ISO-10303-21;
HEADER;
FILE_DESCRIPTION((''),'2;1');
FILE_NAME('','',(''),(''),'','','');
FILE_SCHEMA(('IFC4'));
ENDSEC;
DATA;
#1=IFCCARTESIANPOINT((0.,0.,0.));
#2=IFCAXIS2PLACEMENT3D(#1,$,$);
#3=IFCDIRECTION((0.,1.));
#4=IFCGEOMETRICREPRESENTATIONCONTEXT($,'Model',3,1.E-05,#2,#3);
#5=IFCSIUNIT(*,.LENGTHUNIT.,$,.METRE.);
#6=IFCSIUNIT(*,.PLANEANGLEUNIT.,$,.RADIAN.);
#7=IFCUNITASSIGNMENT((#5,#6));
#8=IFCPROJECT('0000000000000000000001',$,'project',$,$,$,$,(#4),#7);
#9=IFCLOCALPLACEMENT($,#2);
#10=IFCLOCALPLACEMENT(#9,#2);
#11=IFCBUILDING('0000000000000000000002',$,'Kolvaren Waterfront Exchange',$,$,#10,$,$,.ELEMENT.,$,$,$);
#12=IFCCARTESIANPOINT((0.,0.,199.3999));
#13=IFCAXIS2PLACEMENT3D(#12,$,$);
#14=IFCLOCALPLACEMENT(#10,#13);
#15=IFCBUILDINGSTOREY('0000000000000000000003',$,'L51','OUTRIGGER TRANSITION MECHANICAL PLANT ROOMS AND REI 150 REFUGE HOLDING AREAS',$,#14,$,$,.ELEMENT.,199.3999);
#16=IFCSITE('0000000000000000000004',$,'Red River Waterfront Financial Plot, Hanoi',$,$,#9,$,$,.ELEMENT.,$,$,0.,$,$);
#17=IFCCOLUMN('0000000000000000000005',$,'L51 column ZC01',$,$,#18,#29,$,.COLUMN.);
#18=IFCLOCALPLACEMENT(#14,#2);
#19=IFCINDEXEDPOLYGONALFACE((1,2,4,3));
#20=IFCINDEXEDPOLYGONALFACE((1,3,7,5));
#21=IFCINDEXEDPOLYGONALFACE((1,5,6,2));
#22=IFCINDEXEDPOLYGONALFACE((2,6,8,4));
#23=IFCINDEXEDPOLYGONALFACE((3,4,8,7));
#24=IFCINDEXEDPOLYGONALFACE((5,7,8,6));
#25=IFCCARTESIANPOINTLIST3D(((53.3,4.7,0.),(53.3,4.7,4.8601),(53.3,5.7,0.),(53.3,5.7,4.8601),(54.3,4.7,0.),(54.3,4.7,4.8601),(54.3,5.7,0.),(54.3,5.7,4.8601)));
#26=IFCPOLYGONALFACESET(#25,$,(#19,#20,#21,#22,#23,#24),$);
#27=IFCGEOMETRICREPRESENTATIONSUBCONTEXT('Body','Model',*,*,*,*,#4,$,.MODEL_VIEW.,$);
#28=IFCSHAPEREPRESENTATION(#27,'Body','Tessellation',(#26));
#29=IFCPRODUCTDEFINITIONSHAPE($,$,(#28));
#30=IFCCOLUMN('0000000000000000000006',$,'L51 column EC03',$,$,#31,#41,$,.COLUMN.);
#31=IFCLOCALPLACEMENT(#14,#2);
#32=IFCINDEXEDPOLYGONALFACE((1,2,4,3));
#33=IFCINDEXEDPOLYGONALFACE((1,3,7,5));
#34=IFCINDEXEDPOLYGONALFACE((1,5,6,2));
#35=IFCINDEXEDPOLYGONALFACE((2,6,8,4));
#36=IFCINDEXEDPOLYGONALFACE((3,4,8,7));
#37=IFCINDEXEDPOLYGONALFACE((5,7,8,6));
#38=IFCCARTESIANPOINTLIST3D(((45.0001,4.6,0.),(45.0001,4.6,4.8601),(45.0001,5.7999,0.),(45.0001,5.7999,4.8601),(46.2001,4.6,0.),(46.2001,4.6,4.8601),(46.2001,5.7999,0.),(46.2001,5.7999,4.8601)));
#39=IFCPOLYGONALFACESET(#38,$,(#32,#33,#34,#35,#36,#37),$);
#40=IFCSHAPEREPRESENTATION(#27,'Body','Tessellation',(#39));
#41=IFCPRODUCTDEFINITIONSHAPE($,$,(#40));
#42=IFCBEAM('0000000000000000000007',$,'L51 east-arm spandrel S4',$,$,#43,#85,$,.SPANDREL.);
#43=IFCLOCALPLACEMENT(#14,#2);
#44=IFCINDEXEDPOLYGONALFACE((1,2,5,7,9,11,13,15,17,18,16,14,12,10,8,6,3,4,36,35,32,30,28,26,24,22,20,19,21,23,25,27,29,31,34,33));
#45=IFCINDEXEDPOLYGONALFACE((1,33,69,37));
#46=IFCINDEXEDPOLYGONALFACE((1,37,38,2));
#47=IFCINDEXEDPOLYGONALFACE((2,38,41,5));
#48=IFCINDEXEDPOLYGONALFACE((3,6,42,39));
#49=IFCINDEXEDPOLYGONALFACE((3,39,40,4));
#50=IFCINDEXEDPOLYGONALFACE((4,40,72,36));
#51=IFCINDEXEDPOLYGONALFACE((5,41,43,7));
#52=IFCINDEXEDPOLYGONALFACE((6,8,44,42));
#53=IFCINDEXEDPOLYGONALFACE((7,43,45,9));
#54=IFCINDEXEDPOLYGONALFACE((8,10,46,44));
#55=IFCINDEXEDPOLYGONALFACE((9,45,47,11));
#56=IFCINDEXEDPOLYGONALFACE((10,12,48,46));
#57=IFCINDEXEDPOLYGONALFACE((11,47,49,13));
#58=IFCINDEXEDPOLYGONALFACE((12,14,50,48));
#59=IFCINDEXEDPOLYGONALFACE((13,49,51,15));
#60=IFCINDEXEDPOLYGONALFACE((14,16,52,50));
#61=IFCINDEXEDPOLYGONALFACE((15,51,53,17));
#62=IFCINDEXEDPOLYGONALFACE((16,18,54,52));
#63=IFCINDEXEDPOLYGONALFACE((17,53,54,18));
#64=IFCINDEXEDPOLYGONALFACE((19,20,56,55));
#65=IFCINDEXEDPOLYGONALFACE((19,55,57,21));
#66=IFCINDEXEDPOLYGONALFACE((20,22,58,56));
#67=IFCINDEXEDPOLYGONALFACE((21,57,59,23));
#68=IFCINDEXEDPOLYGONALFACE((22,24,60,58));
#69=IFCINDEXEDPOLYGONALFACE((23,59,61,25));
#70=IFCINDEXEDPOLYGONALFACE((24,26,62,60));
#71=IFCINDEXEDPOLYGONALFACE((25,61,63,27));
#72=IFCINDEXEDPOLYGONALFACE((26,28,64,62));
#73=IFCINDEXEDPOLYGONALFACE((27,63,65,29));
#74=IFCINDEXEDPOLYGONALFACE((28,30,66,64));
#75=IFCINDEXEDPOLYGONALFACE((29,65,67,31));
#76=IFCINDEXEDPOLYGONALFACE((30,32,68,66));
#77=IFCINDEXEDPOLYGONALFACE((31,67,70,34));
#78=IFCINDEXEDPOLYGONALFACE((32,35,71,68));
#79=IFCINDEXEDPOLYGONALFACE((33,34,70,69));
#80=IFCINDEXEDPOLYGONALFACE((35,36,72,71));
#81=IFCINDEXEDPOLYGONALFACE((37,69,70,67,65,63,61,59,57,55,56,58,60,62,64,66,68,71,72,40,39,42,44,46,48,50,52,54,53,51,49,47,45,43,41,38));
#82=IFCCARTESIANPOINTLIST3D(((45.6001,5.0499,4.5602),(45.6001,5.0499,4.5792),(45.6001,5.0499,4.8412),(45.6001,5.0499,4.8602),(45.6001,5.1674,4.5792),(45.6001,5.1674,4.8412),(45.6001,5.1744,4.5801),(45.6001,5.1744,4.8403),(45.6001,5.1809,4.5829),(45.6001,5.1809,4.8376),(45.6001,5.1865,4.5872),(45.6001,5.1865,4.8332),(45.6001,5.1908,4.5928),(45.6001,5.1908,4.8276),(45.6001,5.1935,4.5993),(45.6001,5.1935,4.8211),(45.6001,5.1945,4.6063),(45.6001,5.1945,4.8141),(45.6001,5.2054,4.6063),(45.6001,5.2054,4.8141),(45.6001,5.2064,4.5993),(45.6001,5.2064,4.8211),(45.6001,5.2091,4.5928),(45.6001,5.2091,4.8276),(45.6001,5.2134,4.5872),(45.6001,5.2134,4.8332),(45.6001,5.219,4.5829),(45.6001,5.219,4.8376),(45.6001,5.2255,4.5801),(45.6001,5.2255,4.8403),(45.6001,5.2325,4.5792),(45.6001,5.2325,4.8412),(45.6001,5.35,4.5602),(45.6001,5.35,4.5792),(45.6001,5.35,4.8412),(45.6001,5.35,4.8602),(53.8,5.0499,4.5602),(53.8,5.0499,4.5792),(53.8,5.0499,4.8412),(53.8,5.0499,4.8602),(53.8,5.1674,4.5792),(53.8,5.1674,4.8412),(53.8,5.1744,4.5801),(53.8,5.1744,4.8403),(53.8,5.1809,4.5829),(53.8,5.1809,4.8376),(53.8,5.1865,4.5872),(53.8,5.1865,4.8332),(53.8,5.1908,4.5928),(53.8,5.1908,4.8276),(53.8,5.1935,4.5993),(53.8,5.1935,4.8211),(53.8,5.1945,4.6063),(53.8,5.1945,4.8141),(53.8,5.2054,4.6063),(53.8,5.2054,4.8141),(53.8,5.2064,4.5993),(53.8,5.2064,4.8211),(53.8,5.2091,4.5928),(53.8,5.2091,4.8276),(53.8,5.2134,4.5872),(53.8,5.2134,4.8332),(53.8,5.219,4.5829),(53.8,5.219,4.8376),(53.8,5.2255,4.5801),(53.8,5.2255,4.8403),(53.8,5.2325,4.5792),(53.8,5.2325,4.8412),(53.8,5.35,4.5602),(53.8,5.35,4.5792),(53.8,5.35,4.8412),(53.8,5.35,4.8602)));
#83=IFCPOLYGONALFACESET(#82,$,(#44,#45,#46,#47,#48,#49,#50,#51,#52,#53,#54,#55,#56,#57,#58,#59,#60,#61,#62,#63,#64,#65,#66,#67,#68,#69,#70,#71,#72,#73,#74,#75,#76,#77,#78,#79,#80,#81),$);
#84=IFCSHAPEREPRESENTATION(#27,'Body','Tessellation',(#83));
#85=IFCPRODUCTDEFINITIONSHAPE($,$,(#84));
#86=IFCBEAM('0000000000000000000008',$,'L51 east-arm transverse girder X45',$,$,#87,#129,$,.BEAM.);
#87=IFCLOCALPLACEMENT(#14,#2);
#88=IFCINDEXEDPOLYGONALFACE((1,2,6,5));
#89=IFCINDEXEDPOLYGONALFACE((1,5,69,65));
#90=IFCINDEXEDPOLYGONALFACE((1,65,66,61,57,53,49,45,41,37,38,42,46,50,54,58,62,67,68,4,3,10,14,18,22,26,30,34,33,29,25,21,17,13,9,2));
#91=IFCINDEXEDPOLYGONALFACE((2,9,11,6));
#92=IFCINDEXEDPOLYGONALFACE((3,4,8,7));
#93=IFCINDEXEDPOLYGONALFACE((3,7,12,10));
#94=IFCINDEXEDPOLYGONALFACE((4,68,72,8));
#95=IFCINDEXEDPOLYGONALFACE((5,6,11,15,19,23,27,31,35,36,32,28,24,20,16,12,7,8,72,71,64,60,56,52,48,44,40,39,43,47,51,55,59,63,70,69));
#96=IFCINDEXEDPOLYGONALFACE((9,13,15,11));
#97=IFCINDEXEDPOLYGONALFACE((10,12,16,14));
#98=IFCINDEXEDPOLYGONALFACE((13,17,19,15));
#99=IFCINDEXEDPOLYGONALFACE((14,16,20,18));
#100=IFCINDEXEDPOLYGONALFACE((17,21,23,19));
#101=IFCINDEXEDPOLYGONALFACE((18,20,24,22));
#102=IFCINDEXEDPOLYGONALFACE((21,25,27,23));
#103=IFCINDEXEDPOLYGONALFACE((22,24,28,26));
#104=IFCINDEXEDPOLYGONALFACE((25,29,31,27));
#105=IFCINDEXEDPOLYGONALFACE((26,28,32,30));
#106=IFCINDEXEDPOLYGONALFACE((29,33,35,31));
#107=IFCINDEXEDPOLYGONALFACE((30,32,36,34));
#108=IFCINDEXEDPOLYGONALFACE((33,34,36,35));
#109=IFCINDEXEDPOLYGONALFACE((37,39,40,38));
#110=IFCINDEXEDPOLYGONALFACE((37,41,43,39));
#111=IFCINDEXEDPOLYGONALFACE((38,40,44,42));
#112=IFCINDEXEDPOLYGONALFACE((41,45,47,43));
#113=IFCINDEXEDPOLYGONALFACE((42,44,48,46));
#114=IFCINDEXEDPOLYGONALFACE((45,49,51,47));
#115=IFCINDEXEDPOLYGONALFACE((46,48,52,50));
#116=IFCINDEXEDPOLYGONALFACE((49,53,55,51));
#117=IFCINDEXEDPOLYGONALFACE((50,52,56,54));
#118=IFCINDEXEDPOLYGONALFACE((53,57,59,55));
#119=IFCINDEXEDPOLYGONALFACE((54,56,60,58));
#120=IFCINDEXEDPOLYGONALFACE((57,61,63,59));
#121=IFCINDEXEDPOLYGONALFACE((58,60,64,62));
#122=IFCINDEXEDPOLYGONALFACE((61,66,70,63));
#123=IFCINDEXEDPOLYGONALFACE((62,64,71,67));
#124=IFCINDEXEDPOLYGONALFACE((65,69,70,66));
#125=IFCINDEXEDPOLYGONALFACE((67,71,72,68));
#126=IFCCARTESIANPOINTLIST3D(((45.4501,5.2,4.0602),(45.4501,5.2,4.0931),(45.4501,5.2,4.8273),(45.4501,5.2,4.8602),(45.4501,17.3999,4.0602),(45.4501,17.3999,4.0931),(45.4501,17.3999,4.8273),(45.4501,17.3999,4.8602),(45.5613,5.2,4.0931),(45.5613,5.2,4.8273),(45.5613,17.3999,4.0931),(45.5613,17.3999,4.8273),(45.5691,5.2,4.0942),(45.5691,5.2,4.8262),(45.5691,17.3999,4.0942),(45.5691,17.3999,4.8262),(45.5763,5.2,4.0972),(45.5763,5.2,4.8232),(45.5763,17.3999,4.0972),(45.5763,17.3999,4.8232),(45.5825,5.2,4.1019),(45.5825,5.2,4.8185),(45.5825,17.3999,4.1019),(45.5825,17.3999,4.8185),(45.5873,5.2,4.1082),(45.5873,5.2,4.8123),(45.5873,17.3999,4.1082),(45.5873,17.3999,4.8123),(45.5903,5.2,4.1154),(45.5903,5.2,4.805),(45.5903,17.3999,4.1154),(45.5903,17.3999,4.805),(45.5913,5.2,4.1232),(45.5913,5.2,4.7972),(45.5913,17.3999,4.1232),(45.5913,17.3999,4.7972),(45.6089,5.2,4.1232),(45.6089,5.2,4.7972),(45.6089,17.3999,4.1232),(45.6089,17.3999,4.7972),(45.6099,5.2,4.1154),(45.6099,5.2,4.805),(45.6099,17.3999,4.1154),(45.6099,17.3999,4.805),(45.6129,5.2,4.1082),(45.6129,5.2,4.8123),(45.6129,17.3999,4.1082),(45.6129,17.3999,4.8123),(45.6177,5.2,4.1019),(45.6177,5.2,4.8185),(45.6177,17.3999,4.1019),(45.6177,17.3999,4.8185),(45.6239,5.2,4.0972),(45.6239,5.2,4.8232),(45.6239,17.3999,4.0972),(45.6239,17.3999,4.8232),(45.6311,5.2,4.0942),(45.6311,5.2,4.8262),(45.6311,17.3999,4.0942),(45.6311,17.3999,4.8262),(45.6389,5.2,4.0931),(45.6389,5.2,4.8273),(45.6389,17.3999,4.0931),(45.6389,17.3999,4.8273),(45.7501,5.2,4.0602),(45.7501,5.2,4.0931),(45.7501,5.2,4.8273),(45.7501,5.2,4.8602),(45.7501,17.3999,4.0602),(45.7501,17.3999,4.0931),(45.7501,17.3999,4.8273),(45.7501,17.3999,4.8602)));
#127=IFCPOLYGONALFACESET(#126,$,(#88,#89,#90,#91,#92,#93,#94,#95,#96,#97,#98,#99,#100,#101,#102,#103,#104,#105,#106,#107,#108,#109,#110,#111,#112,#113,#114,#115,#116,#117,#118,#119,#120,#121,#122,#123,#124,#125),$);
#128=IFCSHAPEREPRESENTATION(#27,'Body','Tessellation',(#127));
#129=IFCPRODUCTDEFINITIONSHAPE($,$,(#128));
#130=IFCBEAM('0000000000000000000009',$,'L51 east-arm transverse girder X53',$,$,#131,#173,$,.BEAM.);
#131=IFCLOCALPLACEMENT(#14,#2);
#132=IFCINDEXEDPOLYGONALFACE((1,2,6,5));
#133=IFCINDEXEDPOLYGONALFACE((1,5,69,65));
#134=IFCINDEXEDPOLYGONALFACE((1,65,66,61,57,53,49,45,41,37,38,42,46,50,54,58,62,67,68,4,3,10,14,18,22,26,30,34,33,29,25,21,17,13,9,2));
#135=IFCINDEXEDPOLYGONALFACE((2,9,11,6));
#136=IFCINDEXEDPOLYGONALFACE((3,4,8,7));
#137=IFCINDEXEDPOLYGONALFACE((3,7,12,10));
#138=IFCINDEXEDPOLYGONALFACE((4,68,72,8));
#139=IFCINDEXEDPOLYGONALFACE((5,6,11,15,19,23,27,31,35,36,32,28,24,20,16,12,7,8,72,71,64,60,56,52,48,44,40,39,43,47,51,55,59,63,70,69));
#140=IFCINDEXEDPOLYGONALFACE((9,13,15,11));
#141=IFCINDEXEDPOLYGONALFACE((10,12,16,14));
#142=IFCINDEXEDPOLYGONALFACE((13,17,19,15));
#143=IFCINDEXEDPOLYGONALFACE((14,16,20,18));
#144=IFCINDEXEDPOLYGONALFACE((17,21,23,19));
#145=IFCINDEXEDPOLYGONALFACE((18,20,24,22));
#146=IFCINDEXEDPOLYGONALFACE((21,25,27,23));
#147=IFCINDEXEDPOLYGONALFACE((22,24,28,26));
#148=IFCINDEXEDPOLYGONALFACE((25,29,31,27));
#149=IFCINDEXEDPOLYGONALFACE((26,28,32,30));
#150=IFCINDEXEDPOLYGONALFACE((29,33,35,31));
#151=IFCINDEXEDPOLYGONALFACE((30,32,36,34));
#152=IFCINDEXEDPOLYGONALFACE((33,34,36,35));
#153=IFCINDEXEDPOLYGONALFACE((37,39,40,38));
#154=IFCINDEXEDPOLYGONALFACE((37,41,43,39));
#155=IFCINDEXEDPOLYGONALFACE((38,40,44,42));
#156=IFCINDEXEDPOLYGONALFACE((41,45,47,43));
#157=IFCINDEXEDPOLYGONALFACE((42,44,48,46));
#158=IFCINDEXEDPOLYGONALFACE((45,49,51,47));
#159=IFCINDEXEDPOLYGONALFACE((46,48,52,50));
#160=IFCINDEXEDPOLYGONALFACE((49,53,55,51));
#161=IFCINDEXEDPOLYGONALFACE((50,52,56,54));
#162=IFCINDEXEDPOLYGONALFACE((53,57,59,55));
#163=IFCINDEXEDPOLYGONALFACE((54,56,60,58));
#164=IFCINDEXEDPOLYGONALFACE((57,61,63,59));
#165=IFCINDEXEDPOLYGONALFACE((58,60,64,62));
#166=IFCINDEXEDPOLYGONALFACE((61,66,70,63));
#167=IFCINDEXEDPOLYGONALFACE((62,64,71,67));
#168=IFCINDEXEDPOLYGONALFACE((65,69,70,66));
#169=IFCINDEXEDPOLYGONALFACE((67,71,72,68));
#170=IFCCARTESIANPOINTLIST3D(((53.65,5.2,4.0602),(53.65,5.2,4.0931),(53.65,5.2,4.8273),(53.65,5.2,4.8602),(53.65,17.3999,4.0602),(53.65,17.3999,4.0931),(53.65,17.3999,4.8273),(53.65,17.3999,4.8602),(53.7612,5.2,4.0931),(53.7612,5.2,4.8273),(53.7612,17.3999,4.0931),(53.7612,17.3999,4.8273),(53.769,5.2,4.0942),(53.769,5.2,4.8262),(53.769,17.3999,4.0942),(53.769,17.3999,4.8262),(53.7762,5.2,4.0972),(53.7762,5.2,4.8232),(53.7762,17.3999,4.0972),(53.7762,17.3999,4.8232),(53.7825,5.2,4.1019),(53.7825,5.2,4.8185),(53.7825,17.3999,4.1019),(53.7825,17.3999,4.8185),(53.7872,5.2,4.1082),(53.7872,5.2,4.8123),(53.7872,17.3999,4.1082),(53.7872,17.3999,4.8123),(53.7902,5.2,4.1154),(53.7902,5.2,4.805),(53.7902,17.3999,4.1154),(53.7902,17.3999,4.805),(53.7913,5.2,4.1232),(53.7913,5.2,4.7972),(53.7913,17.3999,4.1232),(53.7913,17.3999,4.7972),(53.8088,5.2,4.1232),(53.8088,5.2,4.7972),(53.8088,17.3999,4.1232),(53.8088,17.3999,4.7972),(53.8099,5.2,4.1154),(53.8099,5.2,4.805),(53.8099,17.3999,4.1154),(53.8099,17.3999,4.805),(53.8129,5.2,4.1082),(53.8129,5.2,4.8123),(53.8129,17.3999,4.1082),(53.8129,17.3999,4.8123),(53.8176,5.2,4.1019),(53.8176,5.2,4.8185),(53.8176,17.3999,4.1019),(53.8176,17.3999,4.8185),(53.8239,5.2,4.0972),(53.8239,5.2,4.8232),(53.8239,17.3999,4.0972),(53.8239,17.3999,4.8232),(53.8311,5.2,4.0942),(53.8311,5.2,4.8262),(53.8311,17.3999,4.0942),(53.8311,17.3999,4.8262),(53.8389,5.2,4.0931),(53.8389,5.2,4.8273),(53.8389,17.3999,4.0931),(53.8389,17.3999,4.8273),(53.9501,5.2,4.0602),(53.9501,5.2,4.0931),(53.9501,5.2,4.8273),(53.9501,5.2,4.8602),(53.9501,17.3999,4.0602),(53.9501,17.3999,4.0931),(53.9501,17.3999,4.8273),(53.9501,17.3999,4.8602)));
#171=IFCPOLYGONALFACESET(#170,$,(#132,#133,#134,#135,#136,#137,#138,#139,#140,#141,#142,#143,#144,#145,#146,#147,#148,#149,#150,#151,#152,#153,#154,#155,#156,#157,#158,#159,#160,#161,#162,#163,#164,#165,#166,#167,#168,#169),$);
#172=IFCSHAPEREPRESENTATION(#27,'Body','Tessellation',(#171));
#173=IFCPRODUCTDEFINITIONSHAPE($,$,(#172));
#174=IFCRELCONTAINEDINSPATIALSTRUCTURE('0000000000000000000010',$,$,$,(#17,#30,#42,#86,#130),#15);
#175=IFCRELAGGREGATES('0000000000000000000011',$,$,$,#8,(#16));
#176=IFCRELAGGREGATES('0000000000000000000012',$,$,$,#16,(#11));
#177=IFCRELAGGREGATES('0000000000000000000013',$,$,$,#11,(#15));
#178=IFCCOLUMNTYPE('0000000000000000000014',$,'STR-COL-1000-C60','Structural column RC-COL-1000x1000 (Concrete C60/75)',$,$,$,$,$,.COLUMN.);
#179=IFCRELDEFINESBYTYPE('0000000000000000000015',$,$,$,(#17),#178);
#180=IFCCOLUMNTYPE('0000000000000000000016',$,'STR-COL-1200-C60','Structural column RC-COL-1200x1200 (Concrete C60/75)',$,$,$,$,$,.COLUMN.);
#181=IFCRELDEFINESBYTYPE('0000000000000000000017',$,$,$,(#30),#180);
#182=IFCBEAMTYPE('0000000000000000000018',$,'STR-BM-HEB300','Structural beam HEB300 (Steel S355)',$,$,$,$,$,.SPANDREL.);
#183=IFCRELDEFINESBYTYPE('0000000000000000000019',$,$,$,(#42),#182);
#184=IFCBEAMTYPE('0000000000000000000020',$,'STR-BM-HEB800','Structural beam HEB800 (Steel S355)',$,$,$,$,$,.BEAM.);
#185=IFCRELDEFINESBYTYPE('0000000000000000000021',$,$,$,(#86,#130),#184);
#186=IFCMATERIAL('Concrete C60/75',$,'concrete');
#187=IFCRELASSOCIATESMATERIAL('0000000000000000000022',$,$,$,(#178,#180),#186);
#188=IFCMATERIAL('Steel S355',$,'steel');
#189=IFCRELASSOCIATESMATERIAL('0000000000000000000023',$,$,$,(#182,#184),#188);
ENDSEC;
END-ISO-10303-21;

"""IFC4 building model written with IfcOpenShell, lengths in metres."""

from ifc_helpers import new_model, si_unit, direction, frame, origin, origin_2d, place, context, subcontext, project, spatial, rectangle, i_section, extrude, material, material_profile, profile_set, type_object, element, save


model = new_model("IFC4")

# Units and contexts
model_context = context("Model", 3, precision=1e-05, world=origin(), true_north=direction((0.0, 1.0)))
body_context = subcontext(model_context, "Body", "Model", "MODEL_VIEW")
ifc_project = project(units=[si_unit("LENGTHUNIT", "METRE"), si_unit("PLANEANGLEUNIT", "RADIAN")], contexts=[model_context])

# Site, building, storey
site_placement = place(None, origin())
site = spatial("IfcSite", under=ifc_project, at=site_placement, Name="Red River Waterfront Financial Plot, Hanoi", CompositionType="ELEMENT", RefElevation=0.0)
building_placement = place(site_placement, origin())
building = spatial("IfcBuilding", under=site, at=building_placement, Name="Kolvaren Waterfront Exchange", CompositionType="ELEMENT")
storey_placement = place(building_placement, frame((0.0, 0.0, 199.3999)))
storey = spatial("IfcBuildingStorey", under=building, at=storey_placement, Name="L51", Description="OUTRIGGER TRANSITION MECHANICAL PLANT ROOMS AND REI 150 REFUGE HOLDING AREAS", CompositionType="ELEMENT", Elevation=199.3999)

# Columns
ifc_material_1 = material(Name="Concrete C60/75", Category="concrete")
ifc_material_profile_1 = material_profile(ifc_material_1, rectangle(XDim=1.0, YDim=1.0, at=origin_2d()), Name="RC-COL-1000x1000")
ifc_profile_set_1 = profile_set([ifc_material_profile_1], Name="Concrete C60/75")
column_type_1 = type_object("IfcColumnType", Name="STR-COL-1000-C60", Description="Structural column RC-COL-1000x1000 (Concrete C60/75)", PredefinedType="COLUMN", material=ifc_profile_set_1)
column_1_placement = place(storey_placement, frame((53.8, 5.2, 0.0), z_axis=(0.0, 0.0, 1.0), x_axis=(1.0, 0.0, 0.0)))
element("IfcColumn", 1, at=column_1_placement, inside=storey, type_object=column_type_1, Name="L51 column ZC01", PredefinedType="COLUMN", context=body_context, shape_type="SweptSolid", body=[
    extrude(rectangle(XDim=1.0, YDim=1.0, at=origin_2d()), origin(), (0.0, 0.0, 1.0), 4.8601),
])
ifc_material_profile_2 = material_profile(ifc_material_1, rectangle(XDim=1.2, YDim=1.2, at=origin_2d()), Name="RC-COL-1200x1200")
ifc_profile_set_2 = profile_set([ifc_material_profile_2], Name="Concrete C60/75")
column_type_2 = type_object("IfcColumnType", Name="STR-COL-1200-C60", Description="Structural column RC-COL-1200x1200 (Concrete C60/75)", PredefinedType="COLUMN", material=ifc_profile_set_2)
column_2_placement = place(storey_placement, frame((45.6001, 5.2, 0.0), z_axis=(0.0, 0.0, 1.0), x_axis=(1.0, 0.0, 0.0)))
element("IfcColumn", 2, at=column_2_placement, inside=storey, type_object=column_type_2, Name="L51 column EC03", PredefinedType="COLUMN", context=body_context, shape_type="SweptSolid", body=[
    extrude(rectangle(XDim=1.2, YDim=1.2, at=origin_2d()), origin(), (0.0, 0.0, 1.0), 4.8601),
])

# Beams
ifc_material_2 = material(Name="Steel S355", Category="steel")
ifc_material_profile_3 = material_profile(ifc_material_2, i_section(OverallWidth=0.3, OverallDepth=0.3, WebThickness=0.011, FlangeThickness=0.019, FilletRadius=0.0271, at=origin_2d()), Name="HEB300")
ifc_profile_set_3 = profile_set([ifc_material_profile_3], Name="Steel S355")
beam_type_1 = type_object("IfcBeamType", Name="STR-BM-HEB300", Description="Structural beam HEB300 (Steel S355)", PredefinedType="SPANDREL", material=ifc_profile_set_3)
beam_placement = place(storey_placement, frame((45.6001, 5.2, 4.7102), z_axis=(1.0, 0.0, 0.0), x_axis=(0.0, 1.0, 0.0)))
element("IfcBeam", 3, at=beam_placement, inside=storey, type_object=beam_type_1, Name="L51 east-arm spandrel S4", PredefinedType="SPANDREL", context=body_context, shape_type="SweptSolid", body=[
    extrude(i_section(OverallWidth=0.3, OverallDepth=0.3, WebThickness=0.011, FlangeThickness=0.019, FilletRadius=0.0271, at=origin_2d()), origin(), (0.0, 0.0, 1.0), 8.2),
])
ifc_material_profile_4 = material_profile(ifc_material_2, i_section(OverallWidth=0.3, OverallDepth=0.8, WebThickness=0.0176, FlangeThickness=0.033, FilletRadius=0.03, at=origin_2d()), Name="HEB800")
ifc_profile_set_4 = profile_set([ifc_material_profile_4], Name="Steel S355")
beam_type_2 = type_object("IfcBeamType", Name="STR-BM-HEB800", Description="Structural beam HEB800 (Steel S355)", PredefinedType="BEAM", material=ifc_profile_set_4)
for number, where, z_axis, x_axis, name in (
    (4, (45.6001, 5.2, 4.4602), (0.0, 1.0, 0.0), (-1.0, 0.0, 0.0), "L51 east-arm transverse girder X45"),
    (5, (53.8, 5.2, 4.4602), (0.0, 1.0, 0.0), (-1.0, 0.0, 0.0), "L51 east-arm transverse girder X53"),
):
    element("IfcBeam", number, at=place(storey_placement, frame(where, z_axis=z_axis, x_axis=x_axis)), inside=storey, type_object=beam_type_2, Name=name, PredefinedType="BEAM", context=body_context, shape_type="SweptSolid", body=[
        extrude(i_section(OverallWidth=0.3, OverallDepth=0.8, WebThickness=0.0176, FlangeThickness=0.033, FilletRadius=0.03, at=origin_2d()), origin(), (0.0, 0.0, 1.0), 12.2),
    ])

save(model, "model.ifc")
